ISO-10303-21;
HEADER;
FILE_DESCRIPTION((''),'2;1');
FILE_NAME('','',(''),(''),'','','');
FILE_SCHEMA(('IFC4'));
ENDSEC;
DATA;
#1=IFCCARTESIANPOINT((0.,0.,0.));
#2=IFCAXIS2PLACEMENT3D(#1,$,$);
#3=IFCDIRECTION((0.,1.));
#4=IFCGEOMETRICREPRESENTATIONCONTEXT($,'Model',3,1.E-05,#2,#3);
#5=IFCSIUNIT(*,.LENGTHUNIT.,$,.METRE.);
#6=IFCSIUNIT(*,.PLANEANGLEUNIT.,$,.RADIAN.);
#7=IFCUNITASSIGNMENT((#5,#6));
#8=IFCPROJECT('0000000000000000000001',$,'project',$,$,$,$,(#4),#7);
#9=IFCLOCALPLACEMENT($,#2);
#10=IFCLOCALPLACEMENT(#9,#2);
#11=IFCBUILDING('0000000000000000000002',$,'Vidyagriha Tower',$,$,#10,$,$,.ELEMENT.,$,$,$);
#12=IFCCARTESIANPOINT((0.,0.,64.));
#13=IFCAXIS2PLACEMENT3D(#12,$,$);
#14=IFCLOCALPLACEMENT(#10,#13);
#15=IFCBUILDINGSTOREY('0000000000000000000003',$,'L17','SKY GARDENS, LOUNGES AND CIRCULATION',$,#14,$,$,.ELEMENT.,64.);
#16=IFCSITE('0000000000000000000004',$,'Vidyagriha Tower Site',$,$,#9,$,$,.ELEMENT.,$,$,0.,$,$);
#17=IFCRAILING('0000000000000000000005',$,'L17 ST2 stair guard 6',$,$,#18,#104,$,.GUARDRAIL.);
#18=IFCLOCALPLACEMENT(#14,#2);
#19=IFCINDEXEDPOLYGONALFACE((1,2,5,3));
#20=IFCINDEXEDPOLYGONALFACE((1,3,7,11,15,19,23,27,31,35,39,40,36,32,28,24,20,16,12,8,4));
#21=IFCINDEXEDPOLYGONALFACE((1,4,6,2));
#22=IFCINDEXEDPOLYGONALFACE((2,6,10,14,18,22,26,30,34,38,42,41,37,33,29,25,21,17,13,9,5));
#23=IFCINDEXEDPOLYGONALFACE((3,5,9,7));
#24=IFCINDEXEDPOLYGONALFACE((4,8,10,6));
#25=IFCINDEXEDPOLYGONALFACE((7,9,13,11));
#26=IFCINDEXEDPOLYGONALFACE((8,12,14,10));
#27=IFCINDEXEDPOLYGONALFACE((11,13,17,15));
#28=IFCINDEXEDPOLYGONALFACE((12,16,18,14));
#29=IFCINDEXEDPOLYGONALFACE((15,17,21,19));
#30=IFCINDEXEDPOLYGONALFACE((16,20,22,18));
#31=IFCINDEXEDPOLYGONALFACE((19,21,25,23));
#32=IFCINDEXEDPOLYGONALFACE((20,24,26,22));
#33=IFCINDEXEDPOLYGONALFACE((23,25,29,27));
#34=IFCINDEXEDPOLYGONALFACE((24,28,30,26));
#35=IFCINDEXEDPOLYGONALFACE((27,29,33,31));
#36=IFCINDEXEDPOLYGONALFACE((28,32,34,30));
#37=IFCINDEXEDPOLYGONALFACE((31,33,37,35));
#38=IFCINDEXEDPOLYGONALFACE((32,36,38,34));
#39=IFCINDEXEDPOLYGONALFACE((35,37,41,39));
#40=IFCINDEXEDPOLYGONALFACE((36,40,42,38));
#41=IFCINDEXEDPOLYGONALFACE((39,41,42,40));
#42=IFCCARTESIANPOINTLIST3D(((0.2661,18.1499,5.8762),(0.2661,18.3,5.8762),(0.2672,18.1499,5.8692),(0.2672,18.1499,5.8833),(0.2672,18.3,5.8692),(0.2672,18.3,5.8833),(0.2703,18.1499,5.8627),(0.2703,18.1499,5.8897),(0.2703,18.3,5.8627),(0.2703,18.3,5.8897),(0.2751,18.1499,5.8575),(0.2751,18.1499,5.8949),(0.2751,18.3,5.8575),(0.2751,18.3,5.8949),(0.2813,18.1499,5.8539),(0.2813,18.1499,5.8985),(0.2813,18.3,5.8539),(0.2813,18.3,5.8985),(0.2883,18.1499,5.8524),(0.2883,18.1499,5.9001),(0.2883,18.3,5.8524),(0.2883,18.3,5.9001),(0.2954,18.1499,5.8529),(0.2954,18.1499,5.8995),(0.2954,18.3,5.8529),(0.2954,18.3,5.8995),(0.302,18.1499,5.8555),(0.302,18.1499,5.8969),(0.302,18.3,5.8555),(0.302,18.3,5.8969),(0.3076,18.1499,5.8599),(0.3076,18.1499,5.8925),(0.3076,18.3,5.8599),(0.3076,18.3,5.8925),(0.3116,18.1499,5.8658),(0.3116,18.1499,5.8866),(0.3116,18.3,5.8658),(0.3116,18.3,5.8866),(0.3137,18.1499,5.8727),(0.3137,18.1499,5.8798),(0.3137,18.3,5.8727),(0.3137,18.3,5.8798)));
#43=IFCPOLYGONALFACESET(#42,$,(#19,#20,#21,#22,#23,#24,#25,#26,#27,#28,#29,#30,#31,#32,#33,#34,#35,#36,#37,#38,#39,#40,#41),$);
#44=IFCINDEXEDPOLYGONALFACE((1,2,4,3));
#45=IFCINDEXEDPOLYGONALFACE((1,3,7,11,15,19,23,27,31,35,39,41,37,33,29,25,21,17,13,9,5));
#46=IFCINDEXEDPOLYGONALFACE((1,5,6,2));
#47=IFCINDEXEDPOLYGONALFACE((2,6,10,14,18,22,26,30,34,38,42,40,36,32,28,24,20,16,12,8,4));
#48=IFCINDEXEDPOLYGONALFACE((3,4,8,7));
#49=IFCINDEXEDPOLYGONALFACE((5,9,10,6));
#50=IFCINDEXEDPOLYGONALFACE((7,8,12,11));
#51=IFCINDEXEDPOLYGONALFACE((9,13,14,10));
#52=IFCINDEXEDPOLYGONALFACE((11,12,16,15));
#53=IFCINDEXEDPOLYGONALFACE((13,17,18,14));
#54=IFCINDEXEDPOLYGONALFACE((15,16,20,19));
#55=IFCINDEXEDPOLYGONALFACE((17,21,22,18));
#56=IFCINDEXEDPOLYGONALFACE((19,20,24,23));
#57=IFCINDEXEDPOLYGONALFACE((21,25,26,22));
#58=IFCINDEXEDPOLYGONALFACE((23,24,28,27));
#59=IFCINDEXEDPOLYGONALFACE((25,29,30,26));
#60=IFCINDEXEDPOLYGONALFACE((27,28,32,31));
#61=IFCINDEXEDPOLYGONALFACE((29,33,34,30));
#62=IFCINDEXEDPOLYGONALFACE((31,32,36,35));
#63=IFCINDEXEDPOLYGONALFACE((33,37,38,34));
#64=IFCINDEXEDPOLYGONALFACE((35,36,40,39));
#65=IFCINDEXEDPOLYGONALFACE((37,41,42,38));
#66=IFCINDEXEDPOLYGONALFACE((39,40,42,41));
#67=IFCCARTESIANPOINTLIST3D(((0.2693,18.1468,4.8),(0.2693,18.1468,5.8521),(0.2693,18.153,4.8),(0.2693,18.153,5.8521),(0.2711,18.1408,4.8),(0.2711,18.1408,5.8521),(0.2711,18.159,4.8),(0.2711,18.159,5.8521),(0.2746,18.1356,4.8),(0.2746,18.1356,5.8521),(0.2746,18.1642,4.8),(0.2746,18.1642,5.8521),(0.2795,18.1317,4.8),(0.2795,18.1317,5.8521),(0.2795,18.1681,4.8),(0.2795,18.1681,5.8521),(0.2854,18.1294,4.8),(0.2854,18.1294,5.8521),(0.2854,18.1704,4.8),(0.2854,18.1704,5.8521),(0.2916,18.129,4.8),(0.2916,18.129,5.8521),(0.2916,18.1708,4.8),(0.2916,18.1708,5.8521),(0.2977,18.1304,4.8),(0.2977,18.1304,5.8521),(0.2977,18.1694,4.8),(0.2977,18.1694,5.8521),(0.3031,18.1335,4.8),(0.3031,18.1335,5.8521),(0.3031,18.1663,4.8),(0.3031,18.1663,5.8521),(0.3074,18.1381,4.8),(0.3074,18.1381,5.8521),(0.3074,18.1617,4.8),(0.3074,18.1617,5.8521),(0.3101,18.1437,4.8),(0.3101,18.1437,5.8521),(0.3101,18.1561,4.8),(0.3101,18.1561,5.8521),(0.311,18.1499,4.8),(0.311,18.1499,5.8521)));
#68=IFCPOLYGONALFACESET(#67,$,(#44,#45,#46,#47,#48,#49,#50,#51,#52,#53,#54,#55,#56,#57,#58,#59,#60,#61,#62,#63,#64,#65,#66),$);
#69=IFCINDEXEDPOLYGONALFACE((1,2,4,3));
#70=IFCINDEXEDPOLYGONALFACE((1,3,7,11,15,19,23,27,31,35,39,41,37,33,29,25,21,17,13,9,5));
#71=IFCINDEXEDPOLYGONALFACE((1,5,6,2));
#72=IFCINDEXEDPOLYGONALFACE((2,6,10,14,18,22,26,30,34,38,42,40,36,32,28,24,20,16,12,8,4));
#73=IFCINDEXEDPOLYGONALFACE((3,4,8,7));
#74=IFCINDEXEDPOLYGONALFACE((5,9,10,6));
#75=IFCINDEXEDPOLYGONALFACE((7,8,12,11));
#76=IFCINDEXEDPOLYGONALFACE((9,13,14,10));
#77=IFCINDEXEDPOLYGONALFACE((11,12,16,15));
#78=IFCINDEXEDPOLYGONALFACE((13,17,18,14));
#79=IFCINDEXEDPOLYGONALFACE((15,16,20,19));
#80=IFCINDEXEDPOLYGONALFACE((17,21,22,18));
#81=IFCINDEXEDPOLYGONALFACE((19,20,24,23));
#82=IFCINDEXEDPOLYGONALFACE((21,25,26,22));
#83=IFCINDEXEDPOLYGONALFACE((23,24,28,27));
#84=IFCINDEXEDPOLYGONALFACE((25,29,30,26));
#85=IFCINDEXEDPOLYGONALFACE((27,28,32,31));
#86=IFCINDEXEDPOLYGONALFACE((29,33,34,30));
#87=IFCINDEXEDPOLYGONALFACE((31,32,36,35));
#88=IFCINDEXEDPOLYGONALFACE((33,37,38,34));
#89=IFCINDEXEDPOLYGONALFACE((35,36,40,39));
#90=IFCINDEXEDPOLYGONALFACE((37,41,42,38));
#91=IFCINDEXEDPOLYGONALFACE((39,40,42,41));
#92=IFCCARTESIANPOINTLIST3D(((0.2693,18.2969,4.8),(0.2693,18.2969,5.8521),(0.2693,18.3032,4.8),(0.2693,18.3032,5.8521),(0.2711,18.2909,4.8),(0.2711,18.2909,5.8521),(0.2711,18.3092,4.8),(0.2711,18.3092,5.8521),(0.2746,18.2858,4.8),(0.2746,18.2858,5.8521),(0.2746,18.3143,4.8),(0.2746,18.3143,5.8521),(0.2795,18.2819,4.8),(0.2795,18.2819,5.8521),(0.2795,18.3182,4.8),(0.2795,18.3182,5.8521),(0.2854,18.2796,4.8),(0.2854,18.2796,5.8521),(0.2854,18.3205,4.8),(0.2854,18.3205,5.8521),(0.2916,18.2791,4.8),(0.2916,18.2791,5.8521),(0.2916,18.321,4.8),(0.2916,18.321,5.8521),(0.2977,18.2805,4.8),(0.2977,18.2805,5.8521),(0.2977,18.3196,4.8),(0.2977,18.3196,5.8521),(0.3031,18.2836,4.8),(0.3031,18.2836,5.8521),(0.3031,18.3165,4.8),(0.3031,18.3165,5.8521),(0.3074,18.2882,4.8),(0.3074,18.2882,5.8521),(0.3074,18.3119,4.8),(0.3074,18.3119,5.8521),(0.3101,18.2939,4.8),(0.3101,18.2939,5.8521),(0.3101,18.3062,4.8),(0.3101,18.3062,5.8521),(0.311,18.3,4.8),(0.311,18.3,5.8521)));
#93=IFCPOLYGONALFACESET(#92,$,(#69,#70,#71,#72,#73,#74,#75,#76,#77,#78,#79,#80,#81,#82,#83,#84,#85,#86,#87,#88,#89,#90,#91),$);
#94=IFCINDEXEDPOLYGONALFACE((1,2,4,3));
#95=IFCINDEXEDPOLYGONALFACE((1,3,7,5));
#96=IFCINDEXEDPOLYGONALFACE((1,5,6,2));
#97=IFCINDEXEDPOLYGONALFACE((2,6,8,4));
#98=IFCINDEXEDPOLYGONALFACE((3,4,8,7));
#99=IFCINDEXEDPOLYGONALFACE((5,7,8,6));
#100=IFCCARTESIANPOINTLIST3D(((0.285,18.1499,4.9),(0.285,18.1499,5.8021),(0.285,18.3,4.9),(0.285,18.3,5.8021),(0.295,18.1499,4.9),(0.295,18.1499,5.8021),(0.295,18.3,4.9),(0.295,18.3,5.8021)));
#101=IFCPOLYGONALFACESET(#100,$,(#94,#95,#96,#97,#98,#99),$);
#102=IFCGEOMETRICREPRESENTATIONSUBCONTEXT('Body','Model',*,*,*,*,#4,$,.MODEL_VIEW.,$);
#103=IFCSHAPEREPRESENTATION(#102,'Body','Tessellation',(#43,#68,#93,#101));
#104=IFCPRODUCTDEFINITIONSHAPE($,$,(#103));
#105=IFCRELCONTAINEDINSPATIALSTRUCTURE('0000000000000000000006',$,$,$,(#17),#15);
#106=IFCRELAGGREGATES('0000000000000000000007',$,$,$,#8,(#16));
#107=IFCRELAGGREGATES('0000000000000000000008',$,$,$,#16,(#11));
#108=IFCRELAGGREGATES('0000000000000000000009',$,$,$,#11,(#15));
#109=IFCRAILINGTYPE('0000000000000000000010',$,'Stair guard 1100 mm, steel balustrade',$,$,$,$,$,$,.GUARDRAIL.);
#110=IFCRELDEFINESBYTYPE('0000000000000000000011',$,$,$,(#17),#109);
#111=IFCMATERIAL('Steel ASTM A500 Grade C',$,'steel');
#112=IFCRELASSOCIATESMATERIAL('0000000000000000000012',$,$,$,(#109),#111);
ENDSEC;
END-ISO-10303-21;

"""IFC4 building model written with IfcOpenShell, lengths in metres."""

from ifc_helpers import new_model, si_unit, direction, frame, origin, origin_2d, place, context, subcontext, project, spatial, rectangle, circle, extrude, material, type_object, element, save


model = new_model("IFC4")

# Units and contexts
model_context = context("Model", 3, precision=1e-05, world=origin(), true_north=direction((0.0, 1.0)))
body_context = subcontext(model_context, "Body", "Model", "MODEL_VIEW")
ifc_project = project(units=[si_unit("LENGTHUNIT", "METRE"), si_unit("PLANEANGLEUNIT", "RADIAN")], contexts=[model_context])

# Site, building, storey
site_placement = place(None, origin())
site = spatial("IfcSite", under=ifc_project, at=site_placement, Name="Vidyagriha Tower Site", CompositionType="ELEMENT", RefElevation=0.0)
building_placement = place(site_placement, origin())
building = spatial("IfcBuilding", under=site, at=building_placement, Name="Vidyagriha Tower", CompositionType="ELEMENT")
storey_placement = place(building_placement, frame((0.0, 0.0, 64.0)))
storey = spatial("IfcBuildingStorey", under=building, at=storey_placement, Name="L17", Description="SKY GARDENS, LOUNGES AND CIRCULATION", CompositionType="ELEMENT", Elevation=64.0)

# Railing
ifc_material_1 = material(Name="Steel ASTM A500 Grade C", Category="steel")
railing_type_1 = type_object("IfcRailingType", Name="Stair guard 1100 mm, steel balustrade", PredefinedType="GUARDRAIL", material=ifc_material_1)
railing_1_placement = place(storey_placement, frame((0.29, 18.1499, 4.8)))
element("IfcRailing", 1, at=railing_1_placement, inside=storey, type_object=railing_type_1, Name="L17 ST2 stair guard 6", PredefinedType="GUARDRAIL", context=body_context, shape_type="SweptSolid", body=[
    extrude(circle(Radius=0.0239, at=origin_2d()), frame((0.0, 0.0, 1.0762), z_axis=(0.0, 1.0, 0.0), x_axis=(-1.0, 0.0, 0.0)), (0.0, 0.0, 1.0), 0.1501),
    extrude(circle(Radius=0.021, at=origin_2d()), origin(), (0.0, 0.0, 1.0), 1.052),
    extrude(circle(Radius=0.021, at=origin_2d()), frame((0.0, 0.1501, 0.0)), (0.0, 0.0, 1.0), 1.052),
    extrude(rectangle(XDim=0.01, YDim=0.9021, at=origin_2d()), frame((0.0, 0.0, 0.551), z_axis=(0.0, 1.0, 0.0), x_axis=(-1.0, 0.0, 0.0)), (0.0, 0.0, 1.0), 0.1501),
])

save(model, "model.ifc")
